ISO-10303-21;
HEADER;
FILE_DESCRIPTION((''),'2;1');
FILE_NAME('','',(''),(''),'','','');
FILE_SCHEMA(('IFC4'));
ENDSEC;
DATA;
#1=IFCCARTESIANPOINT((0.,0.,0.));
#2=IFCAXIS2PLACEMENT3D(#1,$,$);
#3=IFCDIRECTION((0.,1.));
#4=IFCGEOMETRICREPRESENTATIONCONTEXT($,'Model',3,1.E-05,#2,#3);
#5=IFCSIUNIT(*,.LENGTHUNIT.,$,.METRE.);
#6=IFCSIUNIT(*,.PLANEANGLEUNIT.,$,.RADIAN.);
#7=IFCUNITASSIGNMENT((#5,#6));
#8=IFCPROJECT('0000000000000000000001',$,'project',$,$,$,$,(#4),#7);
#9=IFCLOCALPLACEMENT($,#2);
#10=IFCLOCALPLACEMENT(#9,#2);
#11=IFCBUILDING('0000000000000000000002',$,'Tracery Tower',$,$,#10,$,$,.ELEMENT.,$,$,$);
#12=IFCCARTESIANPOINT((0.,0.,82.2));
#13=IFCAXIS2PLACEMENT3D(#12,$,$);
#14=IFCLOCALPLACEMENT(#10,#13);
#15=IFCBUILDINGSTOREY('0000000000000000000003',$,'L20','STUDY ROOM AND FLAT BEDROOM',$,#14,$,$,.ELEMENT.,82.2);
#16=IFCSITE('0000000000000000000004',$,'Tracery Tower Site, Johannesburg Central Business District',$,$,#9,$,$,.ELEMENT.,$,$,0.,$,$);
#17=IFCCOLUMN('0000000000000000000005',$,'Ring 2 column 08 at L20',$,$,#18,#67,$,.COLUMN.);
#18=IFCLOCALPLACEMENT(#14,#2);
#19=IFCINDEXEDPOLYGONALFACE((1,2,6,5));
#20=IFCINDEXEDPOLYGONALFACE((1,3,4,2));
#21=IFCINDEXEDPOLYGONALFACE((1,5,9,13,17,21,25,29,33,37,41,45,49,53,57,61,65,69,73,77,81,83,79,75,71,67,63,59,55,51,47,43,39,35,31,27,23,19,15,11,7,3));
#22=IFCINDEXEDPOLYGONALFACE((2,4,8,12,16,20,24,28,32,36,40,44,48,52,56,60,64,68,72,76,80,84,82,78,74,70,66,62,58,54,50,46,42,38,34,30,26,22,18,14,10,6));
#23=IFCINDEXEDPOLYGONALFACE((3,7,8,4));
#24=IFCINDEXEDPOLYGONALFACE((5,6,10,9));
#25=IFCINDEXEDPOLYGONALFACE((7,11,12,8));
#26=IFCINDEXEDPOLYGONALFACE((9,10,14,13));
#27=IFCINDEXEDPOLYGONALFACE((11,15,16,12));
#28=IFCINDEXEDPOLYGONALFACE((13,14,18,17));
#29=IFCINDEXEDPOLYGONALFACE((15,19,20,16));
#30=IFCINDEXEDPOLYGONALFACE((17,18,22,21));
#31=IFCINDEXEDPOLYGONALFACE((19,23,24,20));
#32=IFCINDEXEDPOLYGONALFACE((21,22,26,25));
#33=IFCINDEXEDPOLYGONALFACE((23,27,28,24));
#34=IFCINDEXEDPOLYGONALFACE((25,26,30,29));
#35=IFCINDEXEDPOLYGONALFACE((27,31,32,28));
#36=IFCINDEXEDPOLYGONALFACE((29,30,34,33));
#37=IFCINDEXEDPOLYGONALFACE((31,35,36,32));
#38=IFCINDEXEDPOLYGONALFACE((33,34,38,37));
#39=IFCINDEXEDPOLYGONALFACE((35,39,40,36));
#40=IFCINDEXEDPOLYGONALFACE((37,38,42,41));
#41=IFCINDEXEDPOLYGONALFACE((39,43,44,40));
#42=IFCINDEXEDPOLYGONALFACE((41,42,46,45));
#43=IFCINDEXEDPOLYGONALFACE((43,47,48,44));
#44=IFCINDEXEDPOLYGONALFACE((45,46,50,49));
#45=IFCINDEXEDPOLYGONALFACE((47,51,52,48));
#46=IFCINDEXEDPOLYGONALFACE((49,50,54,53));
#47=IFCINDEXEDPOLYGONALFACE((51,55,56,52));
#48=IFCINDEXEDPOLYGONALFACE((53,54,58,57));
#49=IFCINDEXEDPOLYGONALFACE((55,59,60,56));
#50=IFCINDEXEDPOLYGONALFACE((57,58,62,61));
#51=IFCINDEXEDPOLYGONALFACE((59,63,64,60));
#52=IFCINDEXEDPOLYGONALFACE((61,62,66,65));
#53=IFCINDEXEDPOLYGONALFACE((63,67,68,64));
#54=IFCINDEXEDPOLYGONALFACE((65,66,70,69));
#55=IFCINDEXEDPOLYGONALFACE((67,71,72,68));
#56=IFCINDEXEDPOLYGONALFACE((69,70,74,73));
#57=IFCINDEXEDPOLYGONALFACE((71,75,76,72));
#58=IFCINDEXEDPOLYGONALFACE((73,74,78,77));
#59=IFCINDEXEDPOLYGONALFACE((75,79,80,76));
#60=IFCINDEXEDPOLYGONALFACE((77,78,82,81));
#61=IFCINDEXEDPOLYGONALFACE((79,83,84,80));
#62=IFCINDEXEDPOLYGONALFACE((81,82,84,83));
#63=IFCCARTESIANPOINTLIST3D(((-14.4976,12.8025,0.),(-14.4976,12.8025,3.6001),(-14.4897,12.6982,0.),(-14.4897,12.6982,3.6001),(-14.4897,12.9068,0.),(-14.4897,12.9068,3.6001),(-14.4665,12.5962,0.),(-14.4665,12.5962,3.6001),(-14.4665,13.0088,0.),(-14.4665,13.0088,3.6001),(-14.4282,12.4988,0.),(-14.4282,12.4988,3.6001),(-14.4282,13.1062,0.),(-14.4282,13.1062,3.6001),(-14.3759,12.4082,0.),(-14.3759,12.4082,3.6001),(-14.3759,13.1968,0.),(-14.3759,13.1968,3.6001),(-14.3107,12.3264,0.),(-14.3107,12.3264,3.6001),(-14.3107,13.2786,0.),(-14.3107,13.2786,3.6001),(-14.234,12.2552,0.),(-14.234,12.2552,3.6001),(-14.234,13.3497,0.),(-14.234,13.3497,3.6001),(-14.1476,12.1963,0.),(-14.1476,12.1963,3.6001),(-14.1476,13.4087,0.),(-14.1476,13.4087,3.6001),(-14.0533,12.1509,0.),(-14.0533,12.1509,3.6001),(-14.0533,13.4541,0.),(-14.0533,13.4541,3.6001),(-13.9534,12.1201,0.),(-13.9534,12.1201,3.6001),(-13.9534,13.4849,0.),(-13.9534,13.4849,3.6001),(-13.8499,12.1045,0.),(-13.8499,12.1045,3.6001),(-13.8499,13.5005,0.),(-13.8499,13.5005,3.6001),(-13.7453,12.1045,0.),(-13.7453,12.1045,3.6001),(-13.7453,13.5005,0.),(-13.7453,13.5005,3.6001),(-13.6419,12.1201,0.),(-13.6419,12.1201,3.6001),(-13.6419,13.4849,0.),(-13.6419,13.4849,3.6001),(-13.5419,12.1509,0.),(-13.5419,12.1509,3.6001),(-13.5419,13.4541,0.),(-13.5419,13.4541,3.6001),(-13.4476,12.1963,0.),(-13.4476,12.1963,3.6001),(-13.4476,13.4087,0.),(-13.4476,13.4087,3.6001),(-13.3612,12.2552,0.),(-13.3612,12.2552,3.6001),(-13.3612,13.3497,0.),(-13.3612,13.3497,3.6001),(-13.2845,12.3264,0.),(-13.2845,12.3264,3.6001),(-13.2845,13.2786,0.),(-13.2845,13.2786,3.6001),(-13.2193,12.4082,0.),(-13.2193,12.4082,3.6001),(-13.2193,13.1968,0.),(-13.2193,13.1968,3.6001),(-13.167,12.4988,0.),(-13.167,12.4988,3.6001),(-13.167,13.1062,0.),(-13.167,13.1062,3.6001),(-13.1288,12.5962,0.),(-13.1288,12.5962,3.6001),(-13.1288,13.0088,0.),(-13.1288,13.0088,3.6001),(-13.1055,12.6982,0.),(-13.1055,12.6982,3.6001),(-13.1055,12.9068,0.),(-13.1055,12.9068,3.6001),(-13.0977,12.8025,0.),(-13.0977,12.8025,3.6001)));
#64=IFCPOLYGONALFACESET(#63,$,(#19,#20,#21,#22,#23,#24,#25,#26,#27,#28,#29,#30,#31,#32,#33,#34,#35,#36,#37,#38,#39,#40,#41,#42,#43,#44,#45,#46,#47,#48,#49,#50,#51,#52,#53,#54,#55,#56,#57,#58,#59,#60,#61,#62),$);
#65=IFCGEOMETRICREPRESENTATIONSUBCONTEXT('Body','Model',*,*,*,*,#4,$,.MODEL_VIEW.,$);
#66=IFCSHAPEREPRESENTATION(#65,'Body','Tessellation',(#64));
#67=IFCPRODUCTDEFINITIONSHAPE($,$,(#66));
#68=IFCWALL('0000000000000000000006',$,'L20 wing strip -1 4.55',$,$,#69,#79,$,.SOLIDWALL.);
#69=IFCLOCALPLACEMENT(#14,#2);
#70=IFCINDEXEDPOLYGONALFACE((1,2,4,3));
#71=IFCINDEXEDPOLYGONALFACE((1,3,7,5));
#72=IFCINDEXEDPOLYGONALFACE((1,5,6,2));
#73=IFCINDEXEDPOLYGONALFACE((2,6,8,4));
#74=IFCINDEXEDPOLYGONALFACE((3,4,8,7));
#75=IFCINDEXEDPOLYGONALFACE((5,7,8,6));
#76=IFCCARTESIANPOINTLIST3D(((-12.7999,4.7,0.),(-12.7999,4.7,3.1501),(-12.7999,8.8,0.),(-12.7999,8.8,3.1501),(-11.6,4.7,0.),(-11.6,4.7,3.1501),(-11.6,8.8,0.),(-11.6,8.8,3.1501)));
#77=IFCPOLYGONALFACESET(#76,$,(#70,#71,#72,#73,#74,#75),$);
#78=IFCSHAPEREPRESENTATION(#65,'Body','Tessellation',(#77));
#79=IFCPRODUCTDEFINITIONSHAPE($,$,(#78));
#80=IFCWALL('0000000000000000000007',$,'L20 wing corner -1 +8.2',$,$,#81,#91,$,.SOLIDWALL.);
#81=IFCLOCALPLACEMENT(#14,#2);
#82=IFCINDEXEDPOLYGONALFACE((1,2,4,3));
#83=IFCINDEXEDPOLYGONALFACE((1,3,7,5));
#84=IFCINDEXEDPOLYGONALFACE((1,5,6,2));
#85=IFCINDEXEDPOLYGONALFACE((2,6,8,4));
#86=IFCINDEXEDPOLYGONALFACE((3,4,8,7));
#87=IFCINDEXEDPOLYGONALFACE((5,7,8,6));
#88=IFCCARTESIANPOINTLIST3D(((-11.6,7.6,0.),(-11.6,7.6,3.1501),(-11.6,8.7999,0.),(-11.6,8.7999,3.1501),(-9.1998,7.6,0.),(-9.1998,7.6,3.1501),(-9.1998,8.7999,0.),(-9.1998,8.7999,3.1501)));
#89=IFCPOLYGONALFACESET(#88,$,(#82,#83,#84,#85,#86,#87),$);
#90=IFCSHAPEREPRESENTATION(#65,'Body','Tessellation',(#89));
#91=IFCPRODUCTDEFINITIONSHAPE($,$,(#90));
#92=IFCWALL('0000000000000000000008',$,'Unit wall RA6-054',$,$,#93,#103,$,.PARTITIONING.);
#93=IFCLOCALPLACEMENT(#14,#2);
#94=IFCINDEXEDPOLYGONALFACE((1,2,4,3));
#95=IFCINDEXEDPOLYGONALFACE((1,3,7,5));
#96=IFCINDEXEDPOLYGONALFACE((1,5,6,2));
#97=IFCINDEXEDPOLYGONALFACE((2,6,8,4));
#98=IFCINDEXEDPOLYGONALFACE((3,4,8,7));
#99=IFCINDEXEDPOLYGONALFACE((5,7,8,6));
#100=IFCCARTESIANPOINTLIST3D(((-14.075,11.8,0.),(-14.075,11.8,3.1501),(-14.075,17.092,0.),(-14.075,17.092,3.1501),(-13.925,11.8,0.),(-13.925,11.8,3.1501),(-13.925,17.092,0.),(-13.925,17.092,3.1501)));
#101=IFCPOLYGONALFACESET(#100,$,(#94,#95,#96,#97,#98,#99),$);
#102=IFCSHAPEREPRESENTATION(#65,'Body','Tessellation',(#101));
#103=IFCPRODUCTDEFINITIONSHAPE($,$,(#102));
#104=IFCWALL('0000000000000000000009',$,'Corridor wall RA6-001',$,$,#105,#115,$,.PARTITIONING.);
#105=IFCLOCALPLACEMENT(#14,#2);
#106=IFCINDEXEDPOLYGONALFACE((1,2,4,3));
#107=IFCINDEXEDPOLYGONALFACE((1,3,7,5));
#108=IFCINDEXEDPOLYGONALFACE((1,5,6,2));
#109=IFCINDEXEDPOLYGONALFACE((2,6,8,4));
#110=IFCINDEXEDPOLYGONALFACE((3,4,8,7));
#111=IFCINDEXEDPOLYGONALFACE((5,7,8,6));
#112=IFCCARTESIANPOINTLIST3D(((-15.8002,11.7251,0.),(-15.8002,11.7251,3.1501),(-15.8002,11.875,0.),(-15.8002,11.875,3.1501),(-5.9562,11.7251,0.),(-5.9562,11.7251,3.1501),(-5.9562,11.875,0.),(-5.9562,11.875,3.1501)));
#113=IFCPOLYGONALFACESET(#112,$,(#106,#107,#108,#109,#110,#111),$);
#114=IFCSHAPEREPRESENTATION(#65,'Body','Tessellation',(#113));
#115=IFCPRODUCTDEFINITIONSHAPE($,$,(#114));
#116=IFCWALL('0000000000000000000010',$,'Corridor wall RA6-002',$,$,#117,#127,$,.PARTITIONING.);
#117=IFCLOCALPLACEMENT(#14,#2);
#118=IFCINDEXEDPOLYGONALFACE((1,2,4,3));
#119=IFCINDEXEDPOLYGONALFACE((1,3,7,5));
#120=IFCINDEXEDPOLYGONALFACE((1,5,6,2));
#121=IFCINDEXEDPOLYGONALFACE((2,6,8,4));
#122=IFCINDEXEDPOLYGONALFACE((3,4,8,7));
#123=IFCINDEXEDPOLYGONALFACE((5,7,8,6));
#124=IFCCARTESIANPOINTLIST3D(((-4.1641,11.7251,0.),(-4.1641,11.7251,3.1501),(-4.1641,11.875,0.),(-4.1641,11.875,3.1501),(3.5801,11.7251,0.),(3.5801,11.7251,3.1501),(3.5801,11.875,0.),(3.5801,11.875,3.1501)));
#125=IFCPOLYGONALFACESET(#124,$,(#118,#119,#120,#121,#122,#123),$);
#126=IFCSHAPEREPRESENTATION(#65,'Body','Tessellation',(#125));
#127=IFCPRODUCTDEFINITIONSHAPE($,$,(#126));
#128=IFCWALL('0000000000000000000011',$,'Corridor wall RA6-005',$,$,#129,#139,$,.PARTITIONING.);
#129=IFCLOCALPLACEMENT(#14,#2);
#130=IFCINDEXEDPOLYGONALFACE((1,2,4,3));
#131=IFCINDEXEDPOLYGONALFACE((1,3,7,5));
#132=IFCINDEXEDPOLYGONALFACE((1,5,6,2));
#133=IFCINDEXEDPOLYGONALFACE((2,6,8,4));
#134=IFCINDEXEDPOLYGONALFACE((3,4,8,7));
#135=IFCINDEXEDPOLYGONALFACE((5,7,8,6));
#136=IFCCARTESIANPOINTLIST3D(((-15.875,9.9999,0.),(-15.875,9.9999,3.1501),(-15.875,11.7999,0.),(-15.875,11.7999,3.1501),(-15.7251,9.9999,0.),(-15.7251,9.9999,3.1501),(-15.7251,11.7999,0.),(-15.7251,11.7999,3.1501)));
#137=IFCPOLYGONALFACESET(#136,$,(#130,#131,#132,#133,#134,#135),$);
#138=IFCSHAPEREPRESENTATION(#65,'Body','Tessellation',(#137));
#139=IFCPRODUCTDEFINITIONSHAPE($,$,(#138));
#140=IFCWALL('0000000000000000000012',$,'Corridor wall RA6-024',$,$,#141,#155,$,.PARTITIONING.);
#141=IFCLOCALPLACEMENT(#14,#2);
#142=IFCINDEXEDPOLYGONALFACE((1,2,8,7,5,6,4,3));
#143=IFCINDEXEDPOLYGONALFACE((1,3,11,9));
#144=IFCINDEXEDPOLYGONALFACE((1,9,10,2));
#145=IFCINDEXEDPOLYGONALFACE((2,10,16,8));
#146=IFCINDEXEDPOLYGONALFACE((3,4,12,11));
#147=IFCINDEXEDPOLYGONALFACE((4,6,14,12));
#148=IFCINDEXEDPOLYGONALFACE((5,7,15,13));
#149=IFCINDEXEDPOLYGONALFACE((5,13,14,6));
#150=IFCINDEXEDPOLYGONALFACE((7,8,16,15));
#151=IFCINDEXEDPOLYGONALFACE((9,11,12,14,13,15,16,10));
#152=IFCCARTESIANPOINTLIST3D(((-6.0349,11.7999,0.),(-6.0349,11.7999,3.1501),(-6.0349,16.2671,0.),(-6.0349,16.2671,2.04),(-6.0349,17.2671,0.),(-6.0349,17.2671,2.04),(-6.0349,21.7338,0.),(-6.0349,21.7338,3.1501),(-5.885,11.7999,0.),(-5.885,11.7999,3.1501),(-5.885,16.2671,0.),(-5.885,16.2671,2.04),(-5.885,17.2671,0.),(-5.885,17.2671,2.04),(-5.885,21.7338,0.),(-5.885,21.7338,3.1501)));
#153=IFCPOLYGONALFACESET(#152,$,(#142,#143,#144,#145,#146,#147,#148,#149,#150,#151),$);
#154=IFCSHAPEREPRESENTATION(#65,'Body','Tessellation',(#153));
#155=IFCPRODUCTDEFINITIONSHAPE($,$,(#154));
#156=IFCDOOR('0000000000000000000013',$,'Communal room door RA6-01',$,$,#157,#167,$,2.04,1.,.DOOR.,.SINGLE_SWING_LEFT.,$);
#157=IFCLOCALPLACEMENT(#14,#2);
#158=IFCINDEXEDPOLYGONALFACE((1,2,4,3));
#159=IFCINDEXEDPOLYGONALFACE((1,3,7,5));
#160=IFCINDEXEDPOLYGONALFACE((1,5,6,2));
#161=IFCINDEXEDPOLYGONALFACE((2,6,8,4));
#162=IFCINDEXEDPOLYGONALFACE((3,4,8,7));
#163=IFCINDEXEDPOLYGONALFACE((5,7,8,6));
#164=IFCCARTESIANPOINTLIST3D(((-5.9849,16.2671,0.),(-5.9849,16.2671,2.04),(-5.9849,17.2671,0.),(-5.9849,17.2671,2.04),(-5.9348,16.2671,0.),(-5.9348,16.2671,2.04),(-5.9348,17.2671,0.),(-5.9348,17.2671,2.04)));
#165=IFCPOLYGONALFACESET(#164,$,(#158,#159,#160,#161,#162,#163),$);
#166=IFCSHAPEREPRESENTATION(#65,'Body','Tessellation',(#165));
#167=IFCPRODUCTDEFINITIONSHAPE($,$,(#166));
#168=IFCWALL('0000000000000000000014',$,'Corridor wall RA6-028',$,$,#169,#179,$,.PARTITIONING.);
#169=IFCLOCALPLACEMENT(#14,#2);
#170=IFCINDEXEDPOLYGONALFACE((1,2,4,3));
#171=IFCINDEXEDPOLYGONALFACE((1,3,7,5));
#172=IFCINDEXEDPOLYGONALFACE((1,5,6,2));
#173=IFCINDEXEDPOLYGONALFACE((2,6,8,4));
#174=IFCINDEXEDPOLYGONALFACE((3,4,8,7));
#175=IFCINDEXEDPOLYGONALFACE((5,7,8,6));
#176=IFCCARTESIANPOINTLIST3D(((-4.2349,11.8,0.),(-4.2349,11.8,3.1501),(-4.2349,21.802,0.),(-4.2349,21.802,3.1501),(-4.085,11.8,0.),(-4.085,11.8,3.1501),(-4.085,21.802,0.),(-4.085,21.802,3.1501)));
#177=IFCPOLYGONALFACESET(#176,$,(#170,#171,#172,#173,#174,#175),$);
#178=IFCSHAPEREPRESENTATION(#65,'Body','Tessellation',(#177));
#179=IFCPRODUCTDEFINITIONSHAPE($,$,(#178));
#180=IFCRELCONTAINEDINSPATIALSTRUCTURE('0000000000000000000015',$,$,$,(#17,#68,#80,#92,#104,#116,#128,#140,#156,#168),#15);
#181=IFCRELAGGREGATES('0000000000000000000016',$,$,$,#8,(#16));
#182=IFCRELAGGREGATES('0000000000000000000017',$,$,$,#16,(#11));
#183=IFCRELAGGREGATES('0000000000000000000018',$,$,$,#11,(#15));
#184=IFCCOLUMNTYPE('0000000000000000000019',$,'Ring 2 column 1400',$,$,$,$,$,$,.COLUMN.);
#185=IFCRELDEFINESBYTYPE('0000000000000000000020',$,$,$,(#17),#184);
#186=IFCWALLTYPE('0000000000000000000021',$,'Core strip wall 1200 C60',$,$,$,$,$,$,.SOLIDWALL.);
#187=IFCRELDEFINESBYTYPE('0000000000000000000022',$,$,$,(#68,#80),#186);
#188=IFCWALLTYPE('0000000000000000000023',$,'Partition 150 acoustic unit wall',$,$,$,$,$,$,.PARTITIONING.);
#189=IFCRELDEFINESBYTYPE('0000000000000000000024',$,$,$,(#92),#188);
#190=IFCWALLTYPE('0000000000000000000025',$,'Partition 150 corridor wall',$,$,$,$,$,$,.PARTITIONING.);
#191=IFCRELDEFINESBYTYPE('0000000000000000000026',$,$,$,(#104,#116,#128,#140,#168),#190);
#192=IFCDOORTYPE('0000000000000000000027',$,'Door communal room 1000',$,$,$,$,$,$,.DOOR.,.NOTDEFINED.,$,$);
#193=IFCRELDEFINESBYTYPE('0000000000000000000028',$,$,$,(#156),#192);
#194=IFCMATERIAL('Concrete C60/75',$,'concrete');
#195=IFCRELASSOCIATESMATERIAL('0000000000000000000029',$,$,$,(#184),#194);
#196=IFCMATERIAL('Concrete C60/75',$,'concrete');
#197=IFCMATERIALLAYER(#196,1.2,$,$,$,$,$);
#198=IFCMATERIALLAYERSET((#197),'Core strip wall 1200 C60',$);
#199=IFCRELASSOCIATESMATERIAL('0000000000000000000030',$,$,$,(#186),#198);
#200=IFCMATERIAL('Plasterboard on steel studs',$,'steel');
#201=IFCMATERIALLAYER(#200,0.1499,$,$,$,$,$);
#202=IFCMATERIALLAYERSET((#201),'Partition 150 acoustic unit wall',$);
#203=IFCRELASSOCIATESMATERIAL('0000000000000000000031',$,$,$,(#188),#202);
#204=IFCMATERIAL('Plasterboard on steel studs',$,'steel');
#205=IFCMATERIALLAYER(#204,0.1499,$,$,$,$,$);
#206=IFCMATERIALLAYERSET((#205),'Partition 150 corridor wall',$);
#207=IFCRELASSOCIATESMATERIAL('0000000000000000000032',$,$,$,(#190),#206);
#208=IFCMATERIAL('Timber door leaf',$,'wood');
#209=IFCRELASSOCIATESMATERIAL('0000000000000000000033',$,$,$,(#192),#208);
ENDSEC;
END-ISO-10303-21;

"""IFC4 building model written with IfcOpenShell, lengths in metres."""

from ifc_helpers import new_model, si_unit, direction, frame, frame_2d, origin, origin_2d, place, context, subcontext, project, spatial, rectangle, circle, extrude, material, layer, layer_set, material_profile, profile_set, type_object, element, fill, save


model = new_model("IFC4")

# Units and contexts
model_context = context("Model", 3, precision=1e-05, world=origin(), true_north=direction((0.0, 1.0)))
body_context = subcontext(model_context, "Body", "Model", "MODEL_VIEW")
ifc_project = project(units=[si_unit("LENGTHUNIT", "METRE"), si_unit("PLANEANGLEUNIT", "RADIAN")], contexts=[model_context])

# Site, building, storey
site_placement = place(None, origin())
site = spatial("IfcSite", under=ifc_project, at=site_placement, Name="Tracery Tower Site, Johannesburg Central Business District", CompositionType="ELEMENT", RefElevation=0.0)
building_placement = place(site_placement, origin())
building = spatial("IfcBuilding", under=site, at=building_placement, Name="Tracery Tower", CompositionType="ELEMENT")
storey_placement = place(building_placement, frame((0.0, 0.0, 82.2)))
storey = spatial("IfcBuildingStorey", under=building, at=storey_placement, Name="L20", Description="STUDY ROOM AND FLAT BEDROOM", CompositionType="ELEMENT", Elevation=82.2)

# Column
ifc_material_1 = material(Name="Concrete C60/75", Category="concrete")
ifc_material_profile = material_profile(ifc_material_1, circle(Radius=0.7, at=origin_2d()), Name="RC D1400")
ifc_profile_set = profile_set([ifc_material_profile], Name="Concrete C60/75")
column_type = type_object("IfcColumnType", Name="Ring 2 column 1400", PredefinedType="COLUMN", material=ifc_profile_set)
column_placement = place(storey_placement, frame((-13.7976, 12.8025, 0.0), z_axis=(0.0, 0.0, 1.0), x_axis=(1.0, 0.0, 0.0)))
element("IfcColumn", 1, at=column_placement, inside=storey, type_object=column_type, Name="Ring 2 column 08 at L20", PredefinedType="COLUMN", context=body_context, shape_type="SweptSolid", body=[
    extrude(circle(Radius=0.7, at=origin_2d()), origin(), (0.0, 0.0, 1.0), 3.6001),
])

# Walls
ifc_material_2 = material(Name="Concrete C60/75", Category="concrete")
ifc_layer_1 = layer(ifc_material_2, 1.2)
ifc_layer_set_1 = layer_set([ifc_layer_1], Name="Core strip wall 1200 C60")
wall_type_1 = type_object("IfcWallType", Name="Core strip wall 1200 C60", PredefinedType="SOLIDWALL", material=ifc_layer_set_1)
wall_1_placement = place(storey_placement, frame((-12.2, 4.7, 0.0), z_axis=(0.0, 0.0, 1.0), x_axis=(0.0, 1.0, 0.0)))
element("IfcWall", 2, at=wall_1_placement, inside=storey, type_object=wall_type_1, Name="L20 wing strip -1 4.55", PredefinedType="SOLIDWALL", context=body_context, shape_type="SweptSolid", body=[
    extrude(rectangle(XDim=4.1001, YDim=1.2, at=frame_2d((2.05, 0.0))), origin(), (0.0, 0.0, 1.0), 3.1501),
])
wall_2_placement = place(storey_placement, frame((-11.6001, 8.2, 0.0), z_axis=(0.0, 0.0, 1.0), x_axis=(1.0, 0.0, 0.0)))
element("IfcWall", 3, at=wall_2_placement, inside=storey, type_object=wall_type_1, Name="L20 wing corner -1 +8.2", PredefinedType="SOLIDWALL", context=body_context, shape_type="SweptSolid", body=[
    extrude(rectangle(XDim=2.4001, YDim=1.2, at=frame_2d((1.2002, 0.0))), origin(), (0.0, 0.0, 1.0), 3.1501),
])

# Walls
ifc_material_3 = material(Name="Plasterboard on steel studs", Category="steel")
ifc_layer_2 = layer(ifc_material_3, 0.1499)
ifc_layer_set_2 = layer_set([ifc_layer_2], Name="Partition 150 acoustic unit wall")
wall_type_2 = type_object("IfcWallType", Name="Partition 150 acoustic unit wall", PredefinedType="PARTITIONING", material=ifc_layer_set_2)
wall_3_placement = place(storey_placement, frame((-14.0, 11.8, 0.0), z_axis=(0.0, 0.0, 1.0), x_axis=(0.0, 1.0, 0.0)))
element("IfcWall", 4, at=wall_3_placement, inside=storey, type_object=wall_type_2, Name="Unit wall RA6-054", PredefinedType="PARTITIONING", context=body_context, shape_type="SweptSolid", body=[
    extrude(rectangle(XDim=5.292, YDim=0.1499, at=frame_2d((2.646, 0.0))), origin(), (0.0, 0.0, 1.0), 3.1501),
])
ifc_material_4 = material(Name="Plasterboard on steel studs", Category="steel")
ifc_layer_3 = layer(ifc_material_4, 0.1499)
ifc_layer_set_3 = layer_set([ifc_layer_3], Name="Partition 150 corridor wall")
wall_type_3 = type_object("IfcWallType", Name="Partition 150 corridor wall", PredefinedType="PARTITIONING", material=ifc_layer_set_3)
wall_4_placement = place(storey_placement, frame((-15.8, 11.8, 0.0), z_axis=(0.0, 0.0, 1.0), x_axis=(1.0, 0.0, 0.0)))
element("IfcWall", 5, at=wall_4_placement, inside=storey, type_object=wall_type_3, Name="Corridor wall RA6-001", PredefinedType="PARTITIONING", context=body_context, shape_type="SweptSolid", body=[
    extrude(rectangle(XDim=9.844, YDim=0.1499, at=frame_2d((4.9219, 0.0))), origin(), (0.0, 0.0, 1.0), 3.1501),
])
wall_5_placement = place(storey_placement, frame((-4.1641, 11.8, 0.0), z_axis=(0.0, 0.0, 1.0), x_axis=(1.0, 0.0, 0.0)))
element("IfcWall", 6, at=wall_5_placement, inside=storey, type_object=wall_type_3, Name="Corridor wall RA6-002", PredefinedType="PARTITIONING", context=body_context, shape_type="SweptSolid", body=[
    extrude(rectangle(XDim=7.7441, YDim=0.1499, at=frame_2d((3.8721, 0.0))), origin(), (0.0, 0.0, 1.0), 3.1501),
])
wall_6_placement = place(storey_placement, frame((-15.8, 10.0, 0.0), z_axis=(0.0, 0.0, 1.0), x_axis=(0.0, 1.0, 0.0)))
element("IfcWall", 7, at=wall_6_placement, inside=storey, type_object=wall_type_3, Name="Corridor wall RA6-005", PredefinedType="PARTITIONING", context=body_context, shape_type="SweptSolid", body=[
    extrude(rectangle(XDim=1.8, YDim=0.1499, at=frame_2d((0.8999, 0.0))), origin(), (0.0, 0.0, 1.0), 3.1501),
])

# Wall, opening, door
wall_7_placement = place(storey_placement, frame((-5.96, 11.8, 0.0), z_axis=(0.0, 0.0, 1.0), x_axis=(0.0, 1.0, 0.0)))
wall_7 = element("IfcWall", 8, at=wall_7_placement, inside=storey, type_object=wall_type_3, Name="Corridor wall RA6-024", PredefinedType="PARTITIONING", context=body_context, shape_type="SweptSolid", body=[
    extrude(rectangle(XDim=9.9338, YDim=0.1499, at=frame_2d((4.9668, 0.0))), origin(), (0.0, 0.0, 1.0), 3.1501),
])
opening_1_placement = place(wall_7_placement, frame((4.467, 0.0, 0.0)))
opening_1 = element("IfcOpeningElement", 9, at=opening_1_placement, cuts=wall_7, PredefinedType="OPENING", context=body_context, shape_type="SweptSolid", body=[
    extrude(rectangle(XDim=1.0, YDim=2.04, at=frame_2d((0.5, 1.02))), frame((0.0, 0.075, 0.0), z_axis=(0.0, -1.0, 0.0), x_axis=(1.0, 0.0, 0.0)), (0.0, 0.0, 1.0), 0.1499),
])
ifc_material_5 = material(Name="Timber door leaf", Category="wood")
door_type_1 = type_object("IfcDoorType", Name="Door communal room 1000", OperationType="NOTDEFINED", PredefinedType="DOOR", material=ifc_material_5)
door_1_placement = place(opening_1_placement, origin())
door_1 = element("IfcDoor", 10, at=door_1_placement, inside=storey, type_object=door_type_1, Name="Communal room door RA6-01", OperationType="SINGLE_SWING_LEFT", OverallHeight=2.04, OverallWidth=1.0, PredefinedType="DOOR", context=body_context, shape_type="SweptSolid", body=[
    extrude(rectangle(XDim=1.0, YDim=2.04, at=frame_2d((0.5, 1.02))), frame((0.0, 0.0249, 0.0), z_axis=(0.0, -1.0, 0.0), x_axis=(1.0, 0.0, 0.0)), (0.0, 0.0, 1.0), 0.05),
])
fill(opening_1, door_1)

# Wall
wall_8_placement = place(storey_placement, frame((-4.1599, 11.8, 0.0), z_axis=(0.0, 0.0, 1.0), x_axis=(0.0, 1.0, 0.0)))
element("IfcWall", 11, at=wall_8_placement, inside=storey, type_object=wall_type_3, Name="Corridor wall RA6-028", PredefinedType="PARTITIONING", context=body_context, shape_type="SweptSolid", body=[
    extrude(rectangle(XDim=10.002, YDim=0.1499, at=frame_2d((5.001, 0.0))), origin(), (0.0, 0.0, 1.0), 3.1501),
])

save(model, "model.ifc")
